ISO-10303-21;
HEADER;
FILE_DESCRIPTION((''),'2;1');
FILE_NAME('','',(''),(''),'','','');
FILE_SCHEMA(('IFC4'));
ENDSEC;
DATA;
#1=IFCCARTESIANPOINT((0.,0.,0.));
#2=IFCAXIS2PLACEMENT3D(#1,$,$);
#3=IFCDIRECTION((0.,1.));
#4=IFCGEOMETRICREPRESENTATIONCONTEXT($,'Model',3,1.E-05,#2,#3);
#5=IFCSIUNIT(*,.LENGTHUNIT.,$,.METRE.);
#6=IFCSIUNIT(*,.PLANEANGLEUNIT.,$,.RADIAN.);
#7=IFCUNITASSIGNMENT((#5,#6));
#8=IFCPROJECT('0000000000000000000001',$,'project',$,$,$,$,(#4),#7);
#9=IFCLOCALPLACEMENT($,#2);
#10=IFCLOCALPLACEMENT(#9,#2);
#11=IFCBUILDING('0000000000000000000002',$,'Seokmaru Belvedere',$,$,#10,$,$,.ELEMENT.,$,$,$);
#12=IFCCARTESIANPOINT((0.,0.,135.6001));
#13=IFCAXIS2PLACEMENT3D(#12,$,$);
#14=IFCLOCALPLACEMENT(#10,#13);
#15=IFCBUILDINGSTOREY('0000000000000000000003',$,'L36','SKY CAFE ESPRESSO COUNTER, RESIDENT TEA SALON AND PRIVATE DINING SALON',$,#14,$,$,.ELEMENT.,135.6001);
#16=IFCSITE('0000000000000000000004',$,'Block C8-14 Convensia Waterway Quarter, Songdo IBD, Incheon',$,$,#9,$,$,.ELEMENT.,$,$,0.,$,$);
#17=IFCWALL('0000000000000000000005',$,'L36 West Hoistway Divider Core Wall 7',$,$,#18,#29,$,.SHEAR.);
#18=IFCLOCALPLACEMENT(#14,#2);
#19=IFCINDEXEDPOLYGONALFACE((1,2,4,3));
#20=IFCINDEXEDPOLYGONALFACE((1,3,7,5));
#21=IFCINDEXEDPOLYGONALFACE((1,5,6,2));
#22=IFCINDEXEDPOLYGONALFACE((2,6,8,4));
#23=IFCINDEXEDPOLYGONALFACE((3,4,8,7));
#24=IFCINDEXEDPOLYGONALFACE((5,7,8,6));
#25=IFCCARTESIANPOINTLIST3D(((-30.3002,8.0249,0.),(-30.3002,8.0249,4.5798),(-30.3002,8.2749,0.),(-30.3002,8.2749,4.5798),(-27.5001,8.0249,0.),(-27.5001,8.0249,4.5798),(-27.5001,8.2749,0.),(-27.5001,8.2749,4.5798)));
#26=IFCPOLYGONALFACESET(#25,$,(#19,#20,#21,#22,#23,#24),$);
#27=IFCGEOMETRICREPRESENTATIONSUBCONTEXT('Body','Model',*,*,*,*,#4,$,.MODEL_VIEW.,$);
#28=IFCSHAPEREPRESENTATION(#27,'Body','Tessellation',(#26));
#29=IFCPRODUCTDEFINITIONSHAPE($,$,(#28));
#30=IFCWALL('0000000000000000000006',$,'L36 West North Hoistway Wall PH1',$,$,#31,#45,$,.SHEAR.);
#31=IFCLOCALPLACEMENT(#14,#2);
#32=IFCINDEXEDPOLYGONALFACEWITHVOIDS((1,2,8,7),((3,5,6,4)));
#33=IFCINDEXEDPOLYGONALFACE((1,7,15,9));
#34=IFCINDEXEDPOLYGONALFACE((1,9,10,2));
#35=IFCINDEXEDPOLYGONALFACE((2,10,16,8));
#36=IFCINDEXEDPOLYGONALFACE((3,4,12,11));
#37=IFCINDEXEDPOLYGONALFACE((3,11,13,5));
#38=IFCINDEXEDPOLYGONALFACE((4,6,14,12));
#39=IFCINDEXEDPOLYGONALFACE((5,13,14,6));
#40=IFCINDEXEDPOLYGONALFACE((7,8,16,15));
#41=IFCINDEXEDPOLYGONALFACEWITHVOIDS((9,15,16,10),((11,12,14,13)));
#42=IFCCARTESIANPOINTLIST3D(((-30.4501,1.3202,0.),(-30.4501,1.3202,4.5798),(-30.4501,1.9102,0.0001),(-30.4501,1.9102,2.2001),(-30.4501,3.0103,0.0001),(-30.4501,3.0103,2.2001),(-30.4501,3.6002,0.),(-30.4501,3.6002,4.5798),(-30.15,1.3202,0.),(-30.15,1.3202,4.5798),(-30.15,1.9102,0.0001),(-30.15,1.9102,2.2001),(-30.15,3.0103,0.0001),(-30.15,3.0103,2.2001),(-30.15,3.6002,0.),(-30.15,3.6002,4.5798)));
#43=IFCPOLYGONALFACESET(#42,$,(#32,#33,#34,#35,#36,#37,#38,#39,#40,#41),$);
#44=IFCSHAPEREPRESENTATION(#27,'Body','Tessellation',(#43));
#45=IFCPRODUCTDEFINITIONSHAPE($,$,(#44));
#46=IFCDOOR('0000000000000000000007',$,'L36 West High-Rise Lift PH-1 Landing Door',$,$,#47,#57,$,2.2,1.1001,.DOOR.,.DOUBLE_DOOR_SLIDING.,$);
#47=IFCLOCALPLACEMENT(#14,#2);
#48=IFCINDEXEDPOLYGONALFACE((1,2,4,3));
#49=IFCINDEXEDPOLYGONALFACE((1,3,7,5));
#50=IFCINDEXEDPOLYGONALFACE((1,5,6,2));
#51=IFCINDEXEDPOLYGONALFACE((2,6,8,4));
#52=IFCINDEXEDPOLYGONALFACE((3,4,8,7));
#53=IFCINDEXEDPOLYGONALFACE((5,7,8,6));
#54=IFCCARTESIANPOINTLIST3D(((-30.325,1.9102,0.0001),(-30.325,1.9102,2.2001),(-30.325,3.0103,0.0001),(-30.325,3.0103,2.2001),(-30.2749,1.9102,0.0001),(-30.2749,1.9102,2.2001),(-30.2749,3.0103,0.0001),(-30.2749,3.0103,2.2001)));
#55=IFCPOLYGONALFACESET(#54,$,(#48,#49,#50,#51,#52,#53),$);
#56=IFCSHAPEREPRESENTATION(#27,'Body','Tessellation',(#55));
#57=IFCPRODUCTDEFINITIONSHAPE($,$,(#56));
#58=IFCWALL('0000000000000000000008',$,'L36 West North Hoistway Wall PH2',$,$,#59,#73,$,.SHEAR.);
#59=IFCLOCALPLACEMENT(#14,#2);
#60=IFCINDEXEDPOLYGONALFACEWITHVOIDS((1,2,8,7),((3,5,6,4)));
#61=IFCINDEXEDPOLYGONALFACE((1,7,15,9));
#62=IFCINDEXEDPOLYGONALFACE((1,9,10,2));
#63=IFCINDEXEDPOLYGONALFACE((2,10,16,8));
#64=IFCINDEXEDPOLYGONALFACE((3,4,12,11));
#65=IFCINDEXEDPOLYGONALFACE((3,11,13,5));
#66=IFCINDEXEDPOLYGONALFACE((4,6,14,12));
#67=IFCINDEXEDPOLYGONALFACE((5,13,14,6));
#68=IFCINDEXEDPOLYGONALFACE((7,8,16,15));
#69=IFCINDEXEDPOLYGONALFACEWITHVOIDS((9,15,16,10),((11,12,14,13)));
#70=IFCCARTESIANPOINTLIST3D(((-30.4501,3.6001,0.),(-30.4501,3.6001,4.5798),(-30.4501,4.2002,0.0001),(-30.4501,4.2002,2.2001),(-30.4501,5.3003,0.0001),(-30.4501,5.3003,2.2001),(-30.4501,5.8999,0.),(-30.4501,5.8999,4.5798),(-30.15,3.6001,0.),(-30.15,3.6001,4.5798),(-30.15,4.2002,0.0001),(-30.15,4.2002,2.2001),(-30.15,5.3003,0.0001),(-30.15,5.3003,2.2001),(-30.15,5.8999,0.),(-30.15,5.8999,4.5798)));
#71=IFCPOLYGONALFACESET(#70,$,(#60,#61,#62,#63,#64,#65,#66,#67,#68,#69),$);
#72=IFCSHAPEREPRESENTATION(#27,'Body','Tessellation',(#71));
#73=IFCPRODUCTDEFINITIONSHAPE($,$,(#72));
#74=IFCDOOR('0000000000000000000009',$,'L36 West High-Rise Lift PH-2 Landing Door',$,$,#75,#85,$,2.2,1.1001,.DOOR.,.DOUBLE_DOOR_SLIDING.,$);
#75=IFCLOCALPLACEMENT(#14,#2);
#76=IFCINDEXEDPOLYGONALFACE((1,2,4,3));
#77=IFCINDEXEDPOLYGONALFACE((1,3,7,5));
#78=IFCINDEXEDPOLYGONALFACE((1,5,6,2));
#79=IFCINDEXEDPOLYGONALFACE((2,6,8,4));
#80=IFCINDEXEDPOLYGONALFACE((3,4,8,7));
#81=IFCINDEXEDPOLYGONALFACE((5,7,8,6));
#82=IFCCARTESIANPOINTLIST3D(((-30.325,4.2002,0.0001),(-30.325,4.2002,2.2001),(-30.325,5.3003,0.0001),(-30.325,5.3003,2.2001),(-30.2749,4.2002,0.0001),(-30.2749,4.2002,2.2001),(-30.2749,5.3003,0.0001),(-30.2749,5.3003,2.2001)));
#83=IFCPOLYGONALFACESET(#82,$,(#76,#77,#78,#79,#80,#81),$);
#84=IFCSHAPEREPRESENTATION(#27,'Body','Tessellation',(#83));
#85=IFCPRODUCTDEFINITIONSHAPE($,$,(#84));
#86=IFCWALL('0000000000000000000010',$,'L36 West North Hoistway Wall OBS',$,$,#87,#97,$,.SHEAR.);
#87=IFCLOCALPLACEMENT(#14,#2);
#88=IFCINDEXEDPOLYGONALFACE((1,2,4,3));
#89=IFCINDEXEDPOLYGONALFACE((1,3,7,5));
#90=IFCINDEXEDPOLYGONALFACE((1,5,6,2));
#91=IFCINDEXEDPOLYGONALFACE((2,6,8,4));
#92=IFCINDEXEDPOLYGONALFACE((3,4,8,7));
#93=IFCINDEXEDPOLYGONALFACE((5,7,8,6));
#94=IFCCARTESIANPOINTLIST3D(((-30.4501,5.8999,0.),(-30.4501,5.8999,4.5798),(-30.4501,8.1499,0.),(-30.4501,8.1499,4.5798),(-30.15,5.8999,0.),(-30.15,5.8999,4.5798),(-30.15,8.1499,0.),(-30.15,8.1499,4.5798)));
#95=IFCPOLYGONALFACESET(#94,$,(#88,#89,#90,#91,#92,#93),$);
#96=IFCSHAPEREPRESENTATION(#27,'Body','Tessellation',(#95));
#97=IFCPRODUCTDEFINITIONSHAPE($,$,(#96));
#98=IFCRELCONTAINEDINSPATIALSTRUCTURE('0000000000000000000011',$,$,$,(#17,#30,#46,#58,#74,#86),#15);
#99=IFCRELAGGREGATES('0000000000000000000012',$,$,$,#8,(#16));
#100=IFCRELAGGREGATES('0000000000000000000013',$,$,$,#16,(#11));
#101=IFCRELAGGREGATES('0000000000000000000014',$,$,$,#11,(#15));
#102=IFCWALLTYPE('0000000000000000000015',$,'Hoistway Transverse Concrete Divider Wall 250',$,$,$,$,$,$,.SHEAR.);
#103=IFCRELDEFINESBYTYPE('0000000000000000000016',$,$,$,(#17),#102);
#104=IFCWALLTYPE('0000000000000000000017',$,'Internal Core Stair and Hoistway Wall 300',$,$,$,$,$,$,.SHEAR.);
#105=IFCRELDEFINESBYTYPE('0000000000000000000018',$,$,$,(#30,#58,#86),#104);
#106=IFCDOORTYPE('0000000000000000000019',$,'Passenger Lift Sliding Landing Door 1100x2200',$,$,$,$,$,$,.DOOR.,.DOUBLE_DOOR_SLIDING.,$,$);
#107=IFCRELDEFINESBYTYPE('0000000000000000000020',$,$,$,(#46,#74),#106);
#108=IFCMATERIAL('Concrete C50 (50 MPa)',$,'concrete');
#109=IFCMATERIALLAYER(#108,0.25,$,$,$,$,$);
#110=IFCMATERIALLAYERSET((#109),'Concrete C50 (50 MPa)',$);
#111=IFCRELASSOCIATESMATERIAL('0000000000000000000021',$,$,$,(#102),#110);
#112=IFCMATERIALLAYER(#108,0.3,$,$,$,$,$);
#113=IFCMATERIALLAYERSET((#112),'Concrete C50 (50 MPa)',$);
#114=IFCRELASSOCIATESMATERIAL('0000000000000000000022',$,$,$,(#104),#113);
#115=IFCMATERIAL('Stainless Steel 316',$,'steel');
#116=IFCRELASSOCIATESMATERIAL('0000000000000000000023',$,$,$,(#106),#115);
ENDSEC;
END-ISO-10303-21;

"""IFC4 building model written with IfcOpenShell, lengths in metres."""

from ifc_helpers import new_model, si_unit, direction, frame, frame_2d, origin, place, context, subcontext, project, spatial, rectangle, extrude, source, transform, mapped, material, layer, layer_set, type_object, type_shapes, element, fill, save


model = new_model("IFC4")

# Units and contexts
model_context = context("Model", 3, precision=1e-05, world=origin(), true_north=direction((0.0, 1.0)))
body_context = subcontext(model_context, "Body", "Model", "MODEL_VIEW")
ifc_project = project(units=[si_unit("LENGTHUNIT", "METRE"), si_unit("PLANEANGLEUNIT", "RADIAN")], contexts=[model_context])

# Site, building, storey
site_placement = place(None, origin())
site = spatial("IfcSite", under=ifc_project, at=site_placement, Name="Block C8-14 Convensia Waterway Quarter, Songdo IBD, Incheon", CompositionType="ELEMENT", RefElevation=0.0)
building_placement = place(site_placement, origin())
building = spatial("IfcBuilding", under=site, at=building_placement, Name="Seokmaru Belvedere", CompositionType="ELEMENT")
storey_placement = place(building_placement, frame((0.0, 0.0, 135.6001)))
storey = spatial("IfcBuildingStorey", under=building, at=storey_placement, Name="L36", Description="SKY CAFE ESPRESSO COUNTER, RESIDENT TEA SALON AND PRIVATE DINING SALON", CompositionType="ELEMENT", Elevation=135.6001)

# Wall
ifc_material_1 = material(Name="Concrete C50 (50 MPa)", Category="concrete")
ifc_layer_1 = layer(ifc_material_1, 0.25)
ifc_layer_set_1 = layer_set([ifc_layer_1], Name="Concrete C50 (50 MPa)")
wall_type_1 = type_object("IfcWallType", Name="Hoistway Transverse Concrete Divider Wall 250", PredefinedType="SHEAR", material=ifc_layer_set_1)
for number, where, z_axis, x_axis, name in (
    (1, (-30.3, 8.1499, 0.0), (0.0, 0.0, 1.0), (1.0, 0.0, 0.0), "L36 West Hoistway Divider Core Wall 7"),
):
    element("IfcWall", number, at=place(storey_placement, frame(where, z_axis=z_axis, x_axis=x_axis)), inside=storey, type_object=wall_type_1, Name=name, PredefinedType="SHEAR", context=body_context, shape_type="SweptSolid", body=[
        extrude(rectangle(XDim=2.8, YDim=0.25, at=frame_2d((1.3999, 0.0))), origin(), (0.0, 0.0, 1.0), 4.5798),
    ])

# Walls, openings, doors
ifc_layer_2 = layer(ifc_material_1, 0.3)
ifc_layer_set_2 = layer_set([ifc_layer_2], Name="Concrete C50 (50 MPa)")
wall_type_2 = type_object("IfcWallType", Name="Internal Core Stair and Hoistway Wall 300", PredefinedType="SHEAR", material=ifc_layer_set_2)
wall_1_placement = place(storey_placement, frame((-30.3, 1.3201, 0.0), z_axis=(0.0, 0.0, 1.0), x_axis=(0.0, 1.0, 0.0)))
wall_1 = element("IfcWall", 2, at=wall_1_placement, inside=storey, type_object=wall_type_2, Name="L36 West North Hoistway Wall PH1", PredefinedType="SHEAR", context=body_context, shape_type="SweptSolid", body=[
    extrude(rectangle(XDim=2.28, YDim=0.3, at=frame_2d((1.1401, 0.0))), origin(), (0.0, 0.0, 1.0), 4.5798),
])
opening_1_placement = place(wall_1_placement, frame((0.5901, 0.0, 0.0)))
opening_1 = element("IfcOpeningElement", 3, at=opening_1_placement, cuts=wall_1, PredefinedType="OPENING", context=body_context, shape_type="SweptSolid", body=[
    extrude(rectangle(XDim=1.1001, YDim=2.2, at=frame_2d((0.55, 1.1001))), frame((0.0, 0.1602, 0.0), z_axis=(0.0, -1.0, 0.0), x_axis=(1.0, 0.0, 0.0)), (0.0, 0.0, 1.0), 0.3201),
])
ifc_material_2 = material(Name="Stainless Steel 316", Category="steel")
door_type_1 = type_object("IfcDoorType", Name="Passenger Lift Sliding Landing Door 1100x2200", OperationType="DOUBLE_DOOR_SLIDING", PredefinedType="DOOR", material=ifc_material_2)
shared_shape_1 = source(origin(), body_context, "Body", "SweptSolid", [
    extrude(rectangle(XDim=1.1001, YDim=2.2, at=frame_2d((0.55, 1.1001))), frame((0.0, 0.0249, 0.0), z_axis=(0.0, -1.0, 0.0), x_axis=(1.0, 0.0, 0.0)), (0.0, 0.0, 1.0), 0.05),
])
type_shapes(door_type_1, [shared_shape_1])
door_1_placement = place(opening_1_placement, origin())
door_1 = element("IfcDoor", 4, at=door_1_placement, inside=storey, type_object=door_type_1, Name="L36 West High-Rise Lift PH-1 Landing Door", OperationType="DOUBLE_DOOR_SLIDING", OverallHeight=2.2, OverallWidth=1.1001, PredefinedType="DOOR", context=body_context, shape_type="MappedRepresentation", body=[
    mapped(shared_shape_1, transform((0.0, 0.0, 0.0), scale=1.0)),
])
fill(opening_1, door_1)
wall_2_placement = place(storey_placement, frame((-30.3, 3.6001, 0.0), z_axis=(0.0, 0.0, 1.0), x_axis=(0.0, 1.0, 0.0)))
wall_2 = element("IfcWall", 5, at=wall_2_placement, inside=storey, type_object=wall_type_2, Name="L36 West North Hoistway Wall PH2", PredefinedType="SHEAR", context=body_context, shape_type="SweptSolid", body=[
    extrude(rectangle(XDim=2.2998, YDim=0.3, at=frame_2d((1.1499, 0.0))), origin(), (0.0, 0.0, 1.0), 4.5798),
])
opening_2_placement = place(wall_2_placement, frame((0.6001, 0.0, 0.0)))
opening_2 = element("IfcOpeningElement", 6, at=opening_2_placement, cuts=wall_2, PredefinedType="OPENING", context=body_context, shape_type="SweptSolid", body=[
    extrude(rectangle(XDim=1.1001, YDim=2.2, at=frame_2d((0.55, 1.1001))), frame((0.0, 0.1602, 0.0), z_axis=(0.0, -1.0, 0.0), x_axis=(1.0, 0.0, 0.0)), (0.0, 0.0, 1.0), 0.3201),
])
door_2_placement = place(opening_2_placement, origin())
door_2 = element("IfcDoor", 7, at=door_2_placement, inside=storey, type_object=door_type_1, Name="L36 West High-Rise Lift PH-2 Landing Door", OperationType="DOUBLE_DOOR_SLIDING", OverallHeight=2.2, OverallWidth=1.1001, PredefinedType="DOOR", context=body_context, shape_type="MappedRepresentation", body=[
    mapped(shared_shape_1, transform((0.0, 0.0, 0.0), scale=1.0)),
])
fill(opening_2, door_2)

# Wall
wall_3_placement = place(storey_placement, frame((-30.3, 5.8999, 0.0), z_axis=(0.0, 0.0, 1.0), x_axis=(0.0, 1.0, 0.0)))
element("IfcWall", 8, at=wall_3_placement, inside=storey, type_object=wall_type_2, Name="L36 West North Hoistway Wall OBS", PredefinedType="SHEAR", context=body_context, shape_type="SweptSolid", body=[
    extrude(rectangle(XDim=2.25, YDim=0.3, at=frame_2d((1.125, 0.0))), origin(), (0.0, 0.0, 1.0), 4.5798),
])

save(model, "model.ifc")
